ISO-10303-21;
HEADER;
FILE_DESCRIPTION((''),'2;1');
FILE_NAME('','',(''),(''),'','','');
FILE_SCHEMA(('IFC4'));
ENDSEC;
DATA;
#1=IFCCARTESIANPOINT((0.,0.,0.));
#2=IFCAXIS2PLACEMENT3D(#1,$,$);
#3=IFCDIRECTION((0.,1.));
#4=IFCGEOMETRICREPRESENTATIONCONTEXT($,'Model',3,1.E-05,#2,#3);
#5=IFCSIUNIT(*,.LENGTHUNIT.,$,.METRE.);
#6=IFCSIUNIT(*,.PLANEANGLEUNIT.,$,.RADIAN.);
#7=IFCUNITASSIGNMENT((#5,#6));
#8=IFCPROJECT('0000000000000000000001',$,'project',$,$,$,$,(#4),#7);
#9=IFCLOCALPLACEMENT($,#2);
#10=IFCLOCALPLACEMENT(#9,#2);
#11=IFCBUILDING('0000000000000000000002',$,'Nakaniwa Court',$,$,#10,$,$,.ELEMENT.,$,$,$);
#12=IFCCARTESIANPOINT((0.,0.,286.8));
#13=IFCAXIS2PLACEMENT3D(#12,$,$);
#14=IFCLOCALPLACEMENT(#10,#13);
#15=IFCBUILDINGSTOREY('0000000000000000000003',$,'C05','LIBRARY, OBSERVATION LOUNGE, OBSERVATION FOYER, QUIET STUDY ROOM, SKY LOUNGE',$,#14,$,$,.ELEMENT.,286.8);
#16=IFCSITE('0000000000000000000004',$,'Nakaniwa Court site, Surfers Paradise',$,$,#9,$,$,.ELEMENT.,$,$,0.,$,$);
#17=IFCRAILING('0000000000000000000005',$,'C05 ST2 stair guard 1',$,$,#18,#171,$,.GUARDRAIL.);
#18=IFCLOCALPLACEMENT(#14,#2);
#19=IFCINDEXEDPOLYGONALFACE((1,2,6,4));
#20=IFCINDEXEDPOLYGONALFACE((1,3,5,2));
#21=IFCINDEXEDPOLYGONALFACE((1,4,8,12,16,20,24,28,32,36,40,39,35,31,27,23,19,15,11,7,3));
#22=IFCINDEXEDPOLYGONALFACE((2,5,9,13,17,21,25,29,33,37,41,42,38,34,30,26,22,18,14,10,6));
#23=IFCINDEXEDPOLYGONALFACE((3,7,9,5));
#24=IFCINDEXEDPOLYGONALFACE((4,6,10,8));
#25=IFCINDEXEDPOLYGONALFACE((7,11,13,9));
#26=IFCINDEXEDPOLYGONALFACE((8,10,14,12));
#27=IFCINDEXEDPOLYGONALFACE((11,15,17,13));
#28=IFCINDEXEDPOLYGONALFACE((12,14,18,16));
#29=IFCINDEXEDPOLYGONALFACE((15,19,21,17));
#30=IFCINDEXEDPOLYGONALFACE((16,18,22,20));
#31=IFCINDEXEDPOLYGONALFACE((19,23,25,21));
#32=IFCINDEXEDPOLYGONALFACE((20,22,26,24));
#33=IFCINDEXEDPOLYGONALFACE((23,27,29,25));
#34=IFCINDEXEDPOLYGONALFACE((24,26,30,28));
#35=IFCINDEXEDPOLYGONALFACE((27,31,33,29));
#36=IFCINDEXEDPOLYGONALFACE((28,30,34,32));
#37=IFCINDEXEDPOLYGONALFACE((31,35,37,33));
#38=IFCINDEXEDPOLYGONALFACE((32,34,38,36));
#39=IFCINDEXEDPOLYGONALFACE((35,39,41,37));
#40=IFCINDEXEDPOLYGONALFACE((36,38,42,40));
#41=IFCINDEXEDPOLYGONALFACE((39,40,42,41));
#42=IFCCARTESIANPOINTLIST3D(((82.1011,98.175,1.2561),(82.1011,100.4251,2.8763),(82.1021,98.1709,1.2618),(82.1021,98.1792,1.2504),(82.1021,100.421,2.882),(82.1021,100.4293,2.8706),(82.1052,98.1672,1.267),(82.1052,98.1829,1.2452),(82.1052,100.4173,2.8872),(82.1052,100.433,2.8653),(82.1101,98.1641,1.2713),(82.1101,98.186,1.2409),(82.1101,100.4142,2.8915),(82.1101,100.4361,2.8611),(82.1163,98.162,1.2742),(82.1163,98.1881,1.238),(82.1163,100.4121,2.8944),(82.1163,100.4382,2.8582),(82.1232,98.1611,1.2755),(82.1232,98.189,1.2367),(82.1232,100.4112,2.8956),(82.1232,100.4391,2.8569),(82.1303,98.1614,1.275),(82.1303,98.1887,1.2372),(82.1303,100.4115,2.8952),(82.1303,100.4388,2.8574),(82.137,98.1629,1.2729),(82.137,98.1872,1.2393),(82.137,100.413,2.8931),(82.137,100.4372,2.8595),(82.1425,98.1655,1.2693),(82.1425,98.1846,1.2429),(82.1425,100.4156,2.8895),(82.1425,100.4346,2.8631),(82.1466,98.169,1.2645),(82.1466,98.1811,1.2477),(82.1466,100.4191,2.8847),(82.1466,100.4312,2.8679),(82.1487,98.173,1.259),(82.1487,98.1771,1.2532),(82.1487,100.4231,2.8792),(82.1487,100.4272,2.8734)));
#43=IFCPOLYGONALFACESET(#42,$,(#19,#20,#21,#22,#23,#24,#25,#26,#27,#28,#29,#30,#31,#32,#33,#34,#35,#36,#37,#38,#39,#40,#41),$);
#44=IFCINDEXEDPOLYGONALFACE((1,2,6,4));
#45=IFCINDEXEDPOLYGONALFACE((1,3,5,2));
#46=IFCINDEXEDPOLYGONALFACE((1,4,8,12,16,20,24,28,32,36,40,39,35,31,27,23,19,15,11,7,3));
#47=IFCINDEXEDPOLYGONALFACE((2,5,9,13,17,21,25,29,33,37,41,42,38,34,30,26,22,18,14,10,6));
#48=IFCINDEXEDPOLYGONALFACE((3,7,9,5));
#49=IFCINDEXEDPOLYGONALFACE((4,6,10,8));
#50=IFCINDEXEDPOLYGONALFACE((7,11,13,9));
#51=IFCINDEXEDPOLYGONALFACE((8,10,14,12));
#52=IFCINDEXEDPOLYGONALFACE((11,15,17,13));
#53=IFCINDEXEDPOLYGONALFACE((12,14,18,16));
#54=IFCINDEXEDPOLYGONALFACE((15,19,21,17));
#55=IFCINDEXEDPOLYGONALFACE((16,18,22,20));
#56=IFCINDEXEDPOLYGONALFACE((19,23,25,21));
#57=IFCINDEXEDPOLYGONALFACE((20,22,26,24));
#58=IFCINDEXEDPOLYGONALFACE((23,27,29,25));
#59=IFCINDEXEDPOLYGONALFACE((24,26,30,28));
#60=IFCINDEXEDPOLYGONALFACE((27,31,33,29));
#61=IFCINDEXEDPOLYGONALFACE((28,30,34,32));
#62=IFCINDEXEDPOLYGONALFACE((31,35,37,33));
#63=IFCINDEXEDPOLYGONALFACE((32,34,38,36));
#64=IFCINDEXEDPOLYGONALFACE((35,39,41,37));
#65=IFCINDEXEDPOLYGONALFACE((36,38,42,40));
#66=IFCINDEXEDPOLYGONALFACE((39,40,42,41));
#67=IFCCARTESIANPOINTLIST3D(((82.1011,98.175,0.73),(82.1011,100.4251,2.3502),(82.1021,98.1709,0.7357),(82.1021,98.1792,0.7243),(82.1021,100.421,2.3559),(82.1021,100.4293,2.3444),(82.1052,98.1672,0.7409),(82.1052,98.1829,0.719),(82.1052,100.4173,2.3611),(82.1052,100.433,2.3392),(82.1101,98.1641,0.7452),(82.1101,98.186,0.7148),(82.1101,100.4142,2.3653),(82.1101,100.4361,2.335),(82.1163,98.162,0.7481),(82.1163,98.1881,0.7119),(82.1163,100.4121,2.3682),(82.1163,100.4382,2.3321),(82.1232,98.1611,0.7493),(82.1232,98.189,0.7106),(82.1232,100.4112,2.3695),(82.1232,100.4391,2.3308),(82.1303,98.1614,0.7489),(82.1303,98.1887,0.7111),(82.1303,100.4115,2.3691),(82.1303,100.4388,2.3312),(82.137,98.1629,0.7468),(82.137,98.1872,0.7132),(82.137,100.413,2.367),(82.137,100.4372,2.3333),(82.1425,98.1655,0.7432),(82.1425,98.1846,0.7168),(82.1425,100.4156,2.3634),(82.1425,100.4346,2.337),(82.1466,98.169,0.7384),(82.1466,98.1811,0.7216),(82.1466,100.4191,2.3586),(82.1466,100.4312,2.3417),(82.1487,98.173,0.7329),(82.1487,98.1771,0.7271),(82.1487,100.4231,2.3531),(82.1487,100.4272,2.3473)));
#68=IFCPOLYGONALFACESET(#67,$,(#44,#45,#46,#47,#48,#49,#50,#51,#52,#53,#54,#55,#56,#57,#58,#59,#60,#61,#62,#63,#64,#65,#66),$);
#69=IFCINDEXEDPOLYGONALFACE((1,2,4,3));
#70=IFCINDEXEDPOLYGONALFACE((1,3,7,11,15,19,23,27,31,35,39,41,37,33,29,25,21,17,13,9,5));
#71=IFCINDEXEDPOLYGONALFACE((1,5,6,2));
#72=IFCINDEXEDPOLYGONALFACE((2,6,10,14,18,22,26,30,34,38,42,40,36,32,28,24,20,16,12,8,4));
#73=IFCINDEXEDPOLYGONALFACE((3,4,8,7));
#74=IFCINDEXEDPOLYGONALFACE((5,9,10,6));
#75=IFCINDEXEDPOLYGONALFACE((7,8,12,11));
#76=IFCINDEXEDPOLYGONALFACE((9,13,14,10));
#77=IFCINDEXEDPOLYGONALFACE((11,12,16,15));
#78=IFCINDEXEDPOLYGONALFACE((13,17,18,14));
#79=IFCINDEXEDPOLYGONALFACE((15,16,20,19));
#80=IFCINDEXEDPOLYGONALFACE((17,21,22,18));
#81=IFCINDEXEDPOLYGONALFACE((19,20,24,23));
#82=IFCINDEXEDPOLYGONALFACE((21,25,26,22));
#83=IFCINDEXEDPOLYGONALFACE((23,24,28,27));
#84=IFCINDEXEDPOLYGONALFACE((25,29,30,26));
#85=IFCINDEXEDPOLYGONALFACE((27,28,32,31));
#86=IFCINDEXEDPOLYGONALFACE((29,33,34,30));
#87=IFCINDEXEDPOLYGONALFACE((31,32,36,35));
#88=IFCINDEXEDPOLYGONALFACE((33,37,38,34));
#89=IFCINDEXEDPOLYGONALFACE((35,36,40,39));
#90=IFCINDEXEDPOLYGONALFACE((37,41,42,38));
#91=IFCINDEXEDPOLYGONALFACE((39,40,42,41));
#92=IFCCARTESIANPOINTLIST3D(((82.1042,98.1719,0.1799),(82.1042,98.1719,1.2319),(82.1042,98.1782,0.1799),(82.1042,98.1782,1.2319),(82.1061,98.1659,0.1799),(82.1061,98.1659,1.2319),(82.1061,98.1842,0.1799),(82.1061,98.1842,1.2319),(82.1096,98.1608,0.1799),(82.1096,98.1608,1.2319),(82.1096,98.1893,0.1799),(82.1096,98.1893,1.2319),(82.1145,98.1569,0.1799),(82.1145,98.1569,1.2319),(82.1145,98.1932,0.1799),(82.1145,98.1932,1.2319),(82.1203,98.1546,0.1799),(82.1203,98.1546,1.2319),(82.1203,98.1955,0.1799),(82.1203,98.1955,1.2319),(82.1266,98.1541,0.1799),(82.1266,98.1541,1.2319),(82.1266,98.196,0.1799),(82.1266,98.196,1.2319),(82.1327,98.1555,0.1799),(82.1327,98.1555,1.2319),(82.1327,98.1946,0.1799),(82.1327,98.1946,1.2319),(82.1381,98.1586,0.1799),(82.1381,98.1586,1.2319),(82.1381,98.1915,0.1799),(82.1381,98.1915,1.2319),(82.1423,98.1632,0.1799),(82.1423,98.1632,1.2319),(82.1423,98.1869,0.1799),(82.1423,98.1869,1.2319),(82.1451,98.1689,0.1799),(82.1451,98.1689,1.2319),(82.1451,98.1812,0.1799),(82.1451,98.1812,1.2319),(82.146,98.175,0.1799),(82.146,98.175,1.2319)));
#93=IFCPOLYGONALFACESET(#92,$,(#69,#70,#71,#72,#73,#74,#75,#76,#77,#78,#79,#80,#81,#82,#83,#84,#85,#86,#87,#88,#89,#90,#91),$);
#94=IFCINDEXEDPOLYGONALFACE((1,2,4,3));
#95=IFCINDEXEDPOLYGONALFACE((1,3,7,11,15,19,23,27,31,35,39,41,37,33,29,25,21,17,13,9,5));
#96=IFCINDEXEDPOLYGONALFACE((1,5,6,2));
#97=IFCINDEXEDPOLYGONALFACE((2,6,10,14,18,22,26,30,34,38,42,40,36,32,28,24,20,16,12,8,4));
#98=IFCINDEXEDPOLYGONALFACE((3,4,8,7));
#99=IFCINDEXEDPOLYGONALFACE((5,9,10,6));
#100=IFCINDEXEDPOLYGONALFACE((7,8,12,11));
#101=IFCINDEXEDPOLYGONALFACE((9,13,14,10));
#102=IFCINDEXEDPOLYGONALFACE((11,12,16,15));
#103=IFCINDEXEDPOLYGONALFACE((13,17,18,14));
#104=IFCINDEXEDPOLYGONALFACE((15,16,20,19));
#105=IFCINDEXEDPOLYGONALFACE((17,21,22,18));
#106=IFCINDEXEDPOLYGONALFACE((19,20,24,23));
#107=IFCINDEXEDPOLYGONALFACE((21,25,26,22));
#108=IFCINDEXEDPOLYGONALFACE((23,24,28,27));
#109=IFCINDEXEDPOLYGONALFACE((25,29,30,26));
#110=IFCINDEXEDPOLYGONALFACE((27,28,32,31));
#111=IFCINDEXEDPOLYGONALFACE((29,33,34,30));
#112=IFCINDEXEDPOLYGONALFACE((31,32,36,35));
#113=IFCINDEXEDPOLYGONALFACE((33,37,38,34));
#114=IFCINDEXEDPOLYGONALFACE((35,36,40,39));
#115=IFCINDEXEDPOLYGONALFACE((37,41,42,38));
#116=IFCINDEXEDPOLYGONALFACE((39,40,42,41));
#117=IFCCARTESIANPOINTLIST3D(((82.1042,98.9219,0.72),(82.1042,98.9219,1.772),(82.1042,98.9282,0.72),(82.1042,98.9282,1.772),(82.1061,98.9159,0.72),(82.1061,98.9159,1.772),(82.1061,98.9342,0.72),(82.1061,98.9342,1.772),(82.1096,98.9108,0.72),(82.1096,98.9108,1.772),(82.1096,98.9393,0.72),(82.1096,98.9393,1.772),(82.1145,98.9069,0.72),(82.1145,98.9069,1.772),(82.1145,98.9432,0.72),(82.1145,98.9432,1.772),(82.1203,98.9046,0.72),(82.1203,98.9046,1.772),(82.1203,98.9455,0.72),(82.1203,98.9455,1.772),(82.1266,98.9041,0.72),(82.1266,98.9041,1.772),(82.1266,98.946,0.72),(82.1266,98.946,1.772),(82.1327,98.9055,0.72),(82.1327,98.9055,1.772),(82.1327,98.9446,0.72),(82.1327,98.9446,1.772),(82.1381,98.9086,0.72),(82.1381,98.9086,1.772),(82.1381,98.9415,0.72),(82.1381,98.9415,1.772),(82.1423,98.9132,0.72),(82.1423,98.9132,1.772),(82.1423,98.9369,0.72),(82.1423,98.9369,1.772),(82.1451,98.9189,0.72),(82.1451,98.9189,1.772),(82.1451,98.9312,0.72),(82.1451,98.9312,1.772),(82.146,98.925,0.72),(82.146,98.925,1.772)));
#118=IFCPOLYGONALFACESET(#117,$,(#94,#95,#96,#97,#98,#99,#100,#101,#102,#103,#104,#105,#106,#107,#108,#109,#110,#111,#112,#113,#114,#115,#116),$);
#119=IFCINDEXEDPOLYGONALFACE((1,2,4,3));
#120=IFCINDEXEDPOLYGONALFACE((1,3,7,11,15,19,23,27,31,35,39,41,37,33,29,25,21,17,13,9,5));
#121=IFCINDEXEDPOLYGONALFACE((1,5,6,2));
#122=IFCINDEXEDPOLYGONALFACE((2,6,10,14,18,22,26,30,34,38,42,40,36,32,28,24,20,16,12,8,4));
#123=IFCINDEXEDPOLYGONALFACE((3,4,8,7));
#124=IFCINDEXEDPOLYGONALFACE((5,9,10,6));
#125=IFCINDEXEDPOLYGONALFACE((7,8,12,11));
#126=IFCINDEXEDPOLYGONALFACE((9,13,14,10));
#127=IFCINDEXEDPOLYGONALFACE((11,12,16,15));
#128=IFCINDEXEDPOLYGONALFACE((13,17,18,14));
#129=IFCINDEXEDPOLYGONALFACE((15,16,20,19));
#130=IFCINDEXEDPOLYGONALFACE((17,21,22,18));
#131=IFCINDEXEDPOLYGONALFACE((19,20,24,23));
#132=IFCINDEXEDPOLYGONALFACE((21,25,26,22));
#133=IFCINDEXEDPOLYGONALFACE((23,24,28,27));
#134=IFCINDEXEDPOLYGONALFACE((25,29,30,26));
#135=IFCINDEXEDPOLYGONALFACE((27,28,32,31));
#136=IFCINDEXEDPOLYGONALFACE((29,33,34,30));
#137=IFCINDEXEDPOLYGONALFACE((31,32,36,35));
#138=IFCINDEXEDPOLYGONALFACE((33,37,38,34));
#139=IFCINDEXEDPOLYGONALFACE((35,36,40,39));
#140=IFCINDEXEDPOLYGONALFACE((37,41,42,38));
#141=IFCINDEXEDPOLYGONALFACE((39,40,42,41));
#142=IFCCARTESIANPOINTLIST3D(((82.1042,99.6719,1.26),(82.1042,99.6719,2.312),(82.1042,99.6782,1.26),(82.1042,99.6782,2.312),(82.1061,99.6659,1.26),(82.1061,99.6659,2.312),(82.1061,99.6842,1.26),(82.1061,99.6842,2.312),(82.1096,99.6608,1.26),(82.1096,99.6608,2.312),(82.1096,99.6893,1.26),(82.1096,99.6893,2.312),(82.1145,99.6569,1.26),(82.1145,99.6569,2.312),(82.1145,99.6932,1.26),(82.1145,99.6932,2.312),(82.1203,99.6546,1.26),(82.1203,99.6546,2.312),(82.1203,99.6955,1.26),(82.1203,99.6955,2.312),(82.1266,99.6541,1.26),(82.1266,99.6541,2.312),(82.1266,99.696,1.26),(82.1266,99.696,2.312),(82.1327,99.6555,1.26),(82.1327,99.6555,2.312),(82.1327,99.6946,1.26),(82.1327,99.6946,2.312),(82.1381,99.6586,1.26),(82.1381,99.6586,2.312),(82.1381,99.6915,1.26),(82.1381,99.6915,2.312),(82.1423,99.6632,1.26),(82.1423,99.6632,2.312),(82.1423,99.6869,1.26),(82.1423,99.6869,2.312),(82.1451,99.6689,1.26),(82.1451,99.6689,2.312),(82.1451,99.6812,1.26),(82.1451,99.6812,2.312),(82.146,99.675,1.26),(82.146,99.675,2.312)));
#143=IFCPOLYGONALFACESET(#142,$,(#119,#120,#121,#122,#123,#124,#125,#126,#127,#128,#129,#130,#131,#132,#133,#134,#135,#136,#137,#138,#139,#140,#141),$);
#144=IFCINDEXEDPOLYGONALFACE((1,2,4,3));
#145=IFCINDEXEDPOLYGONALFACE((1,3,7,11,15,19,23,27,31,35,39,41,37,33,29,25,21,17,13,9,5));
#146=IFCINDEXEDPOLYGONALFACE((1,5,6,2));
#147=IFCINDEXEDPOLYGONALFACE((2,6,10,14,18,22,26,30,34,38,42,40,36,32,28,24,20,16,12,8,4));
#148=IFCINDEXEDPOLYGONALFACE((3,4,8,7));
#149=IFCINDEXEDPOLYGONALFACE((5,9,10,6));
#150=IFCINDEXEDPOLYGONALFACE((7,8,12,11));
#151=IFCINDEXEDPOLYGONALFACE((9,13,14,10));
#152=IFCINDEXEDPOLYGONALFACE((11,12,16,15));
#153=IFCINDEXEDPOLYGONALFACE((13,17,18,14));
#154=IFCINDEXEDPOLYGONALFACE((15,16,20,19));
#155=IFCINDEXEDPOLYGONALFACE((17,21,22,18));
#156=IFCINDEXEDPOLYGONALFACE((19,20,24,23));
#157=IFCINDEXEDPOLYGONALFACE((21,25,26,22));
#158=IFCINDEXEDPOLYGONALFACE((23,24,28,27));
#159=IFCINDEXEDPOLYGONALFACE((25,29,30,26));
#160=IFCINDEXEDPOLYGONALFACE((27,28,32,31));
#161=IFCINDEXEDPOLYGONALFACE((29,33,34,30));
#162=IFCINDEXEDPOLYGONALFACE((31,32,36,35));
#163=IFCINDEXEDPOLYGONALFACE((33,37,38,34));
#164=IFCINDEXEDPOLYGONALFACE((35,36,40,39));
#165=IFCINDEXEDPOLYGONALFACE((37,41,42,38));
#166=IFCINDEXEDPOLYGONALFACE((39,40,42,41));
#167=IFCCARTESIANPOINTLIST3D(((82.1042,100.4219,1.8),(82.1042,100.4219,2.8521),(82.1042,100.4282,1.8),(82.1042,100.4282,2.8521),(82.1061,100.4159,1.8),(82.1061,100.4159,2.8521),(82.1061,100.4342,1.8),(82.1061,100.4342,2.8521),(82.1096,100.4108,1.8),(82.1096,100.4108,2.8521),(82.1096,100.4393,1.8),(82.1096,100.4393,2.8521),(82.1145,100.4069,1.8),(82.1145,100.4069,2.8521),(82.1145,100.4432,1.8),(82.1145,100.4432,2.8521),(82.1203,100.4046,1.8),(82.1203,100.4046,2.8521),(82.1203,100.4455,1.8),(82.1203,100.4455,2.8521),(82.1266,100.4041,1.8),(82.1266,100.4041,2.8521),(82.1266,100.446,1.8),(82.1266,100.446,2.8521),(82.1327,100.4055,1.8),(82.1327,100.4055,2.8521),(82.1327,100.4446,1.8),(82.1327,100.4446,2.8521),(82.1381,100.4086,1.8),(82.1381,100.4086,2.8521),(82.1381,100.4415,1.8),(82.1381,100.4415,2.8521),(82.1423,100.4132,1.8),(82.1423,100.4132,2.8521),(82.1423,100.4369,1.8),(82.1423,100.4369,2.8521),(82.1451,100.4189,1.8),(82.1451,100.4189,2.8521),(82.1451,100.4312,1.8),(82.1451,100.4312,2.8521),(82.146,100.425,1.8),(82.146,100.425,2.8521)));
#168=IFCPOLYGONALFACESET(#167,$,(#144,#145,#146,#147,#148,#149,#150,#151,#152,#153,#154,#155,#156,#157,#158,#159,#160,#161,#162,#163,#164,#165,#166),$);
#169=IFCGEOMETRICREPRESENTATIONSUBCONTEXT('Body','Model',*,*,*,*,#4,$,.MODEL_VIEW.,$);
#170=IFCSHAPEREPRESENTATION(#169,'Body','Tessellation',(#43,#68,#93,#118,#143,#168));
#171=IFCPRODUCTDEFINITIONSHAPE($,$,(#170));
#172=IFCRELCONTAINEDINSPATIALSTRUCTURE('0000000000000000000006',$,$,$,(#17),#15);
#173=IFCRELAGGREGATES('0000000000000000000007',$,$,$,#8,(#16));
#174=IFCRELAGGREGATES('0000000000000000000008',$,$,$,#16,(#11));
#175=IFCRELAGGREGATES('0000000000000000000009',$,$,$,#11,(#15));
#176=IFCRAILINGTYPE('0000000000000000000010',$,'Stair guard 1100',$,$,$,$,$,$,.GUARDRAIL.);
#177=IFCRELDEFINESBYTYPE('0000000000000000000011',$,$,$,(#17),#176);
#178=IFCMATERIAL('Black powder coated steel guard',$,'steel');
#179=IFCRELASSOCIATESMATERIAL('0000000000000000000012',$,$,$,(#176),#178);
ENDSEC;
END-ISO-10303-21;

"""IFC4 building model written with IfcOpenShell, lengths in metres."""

from ifc_helpers import new_model, si_unit, direction, frame, origin, origin_2d, place, context, subcontext, project, spatial, circle, extrude, material, type_object, element, save


model = new_model("IFC4")

# Units and contexts
model_context = context("Model", 3, precision=1e-05, world=origin(), true_north=direction((0.0, 1.0)))
body_context = subcontext(model_context, "Body", "Model", "MODEL_VIEW")
ifc_project = project(units=[si_unit("LENGTHUNIT", "METRE"), si_unit("PLANEANGLEUNIT", "RADIAN")], contexts=[model_context])

# Site, building, storey
site_placement = place(None, origin())
site = spatial("IfcSite", under=ifc_project, at=site_placement, Name="Nakaniwa Court site, Surfers Paradise", CompositionType="ELEMENT", RefElevation=0.0)
building_placement = place(site_placement, origin())
building = spatial("IfcBuilding", under=site, at=building_placement, Name="Nakaniwa Court", CompositionType="ELEMENT")
storey_placement = place(building_placement, frame((0.0, 0.0, 286.8)))
storey = spatial("IfcBuildingStorey", under=building, at=storey_placement, Name="C05", Description="LIBRARY, OBSERVATION LOUNGE, OBSERVATION FOYER, QUIET STUDY ROOM, SKY LOUNGE", CompositionType="ELEMENT", Elevation=286.8)

# Railing
ifc_material_1 = material(Name="Black powder coated steel guard", Category="steel")
railing_type_1 = type_object("IfcRailingType", Name="Stair guard 1100", PredefinedType="GUARDRAIL", material=ifc_material_1)
railing_1_placement = place(storey_placement, frame((82.125, 98.175, 0.1799)))
element("IfcRailing", 1, at=railing_1_placement, inside=storey, type_object=railing_type_1, Name="C05 ST2 stair guard 1", PredefinedType="GUARDRAIL", context=body_context, shape_type="SweptSolid", body=[
    extrude(circle(Radius=0.0239, at=origin_2d()), frame((0.0, 0.0, 1.0762), z_axis=(0.0, 0.811514, 0.584333), x_axis=(-1.0, 0.0, 0.0)), (0.0, 0.0, 1.0), 2.7727),
    extrude(circle(Radius=0.0239, at=origin_2d()), frame((0.0, 0.0, 0.55), z_axis=(0.0, 0.811514, 0.584333), x_axis=(-1.0, 0.0, 0.0)), (0.0, 0.0, 1.0), 2.7727),
    extrude(circle(Radius=0.021, at=origin_2d()), origin(), (0.0, 0.0, 1.0), 1.052),
    extrude(circle(Radius=0.021, at=origin_2d()), frame((0.0, 0.75, 0.54)), (0.0, 0.0, 1.0), 1.052),
    extrude(circle(Radius=0.021, at=origin_2d()), frame((0.0, 1.5, 1.0801)), (0.0, 0.0, 1.0), 1.052),
    extrude(circle(Radius=0.021, at=origin_2d()), frame((0.0, 2.25, 1.6201)), (0.0, 0.0, 1.0), 1.052),
])

save(model, "model.ifc")
